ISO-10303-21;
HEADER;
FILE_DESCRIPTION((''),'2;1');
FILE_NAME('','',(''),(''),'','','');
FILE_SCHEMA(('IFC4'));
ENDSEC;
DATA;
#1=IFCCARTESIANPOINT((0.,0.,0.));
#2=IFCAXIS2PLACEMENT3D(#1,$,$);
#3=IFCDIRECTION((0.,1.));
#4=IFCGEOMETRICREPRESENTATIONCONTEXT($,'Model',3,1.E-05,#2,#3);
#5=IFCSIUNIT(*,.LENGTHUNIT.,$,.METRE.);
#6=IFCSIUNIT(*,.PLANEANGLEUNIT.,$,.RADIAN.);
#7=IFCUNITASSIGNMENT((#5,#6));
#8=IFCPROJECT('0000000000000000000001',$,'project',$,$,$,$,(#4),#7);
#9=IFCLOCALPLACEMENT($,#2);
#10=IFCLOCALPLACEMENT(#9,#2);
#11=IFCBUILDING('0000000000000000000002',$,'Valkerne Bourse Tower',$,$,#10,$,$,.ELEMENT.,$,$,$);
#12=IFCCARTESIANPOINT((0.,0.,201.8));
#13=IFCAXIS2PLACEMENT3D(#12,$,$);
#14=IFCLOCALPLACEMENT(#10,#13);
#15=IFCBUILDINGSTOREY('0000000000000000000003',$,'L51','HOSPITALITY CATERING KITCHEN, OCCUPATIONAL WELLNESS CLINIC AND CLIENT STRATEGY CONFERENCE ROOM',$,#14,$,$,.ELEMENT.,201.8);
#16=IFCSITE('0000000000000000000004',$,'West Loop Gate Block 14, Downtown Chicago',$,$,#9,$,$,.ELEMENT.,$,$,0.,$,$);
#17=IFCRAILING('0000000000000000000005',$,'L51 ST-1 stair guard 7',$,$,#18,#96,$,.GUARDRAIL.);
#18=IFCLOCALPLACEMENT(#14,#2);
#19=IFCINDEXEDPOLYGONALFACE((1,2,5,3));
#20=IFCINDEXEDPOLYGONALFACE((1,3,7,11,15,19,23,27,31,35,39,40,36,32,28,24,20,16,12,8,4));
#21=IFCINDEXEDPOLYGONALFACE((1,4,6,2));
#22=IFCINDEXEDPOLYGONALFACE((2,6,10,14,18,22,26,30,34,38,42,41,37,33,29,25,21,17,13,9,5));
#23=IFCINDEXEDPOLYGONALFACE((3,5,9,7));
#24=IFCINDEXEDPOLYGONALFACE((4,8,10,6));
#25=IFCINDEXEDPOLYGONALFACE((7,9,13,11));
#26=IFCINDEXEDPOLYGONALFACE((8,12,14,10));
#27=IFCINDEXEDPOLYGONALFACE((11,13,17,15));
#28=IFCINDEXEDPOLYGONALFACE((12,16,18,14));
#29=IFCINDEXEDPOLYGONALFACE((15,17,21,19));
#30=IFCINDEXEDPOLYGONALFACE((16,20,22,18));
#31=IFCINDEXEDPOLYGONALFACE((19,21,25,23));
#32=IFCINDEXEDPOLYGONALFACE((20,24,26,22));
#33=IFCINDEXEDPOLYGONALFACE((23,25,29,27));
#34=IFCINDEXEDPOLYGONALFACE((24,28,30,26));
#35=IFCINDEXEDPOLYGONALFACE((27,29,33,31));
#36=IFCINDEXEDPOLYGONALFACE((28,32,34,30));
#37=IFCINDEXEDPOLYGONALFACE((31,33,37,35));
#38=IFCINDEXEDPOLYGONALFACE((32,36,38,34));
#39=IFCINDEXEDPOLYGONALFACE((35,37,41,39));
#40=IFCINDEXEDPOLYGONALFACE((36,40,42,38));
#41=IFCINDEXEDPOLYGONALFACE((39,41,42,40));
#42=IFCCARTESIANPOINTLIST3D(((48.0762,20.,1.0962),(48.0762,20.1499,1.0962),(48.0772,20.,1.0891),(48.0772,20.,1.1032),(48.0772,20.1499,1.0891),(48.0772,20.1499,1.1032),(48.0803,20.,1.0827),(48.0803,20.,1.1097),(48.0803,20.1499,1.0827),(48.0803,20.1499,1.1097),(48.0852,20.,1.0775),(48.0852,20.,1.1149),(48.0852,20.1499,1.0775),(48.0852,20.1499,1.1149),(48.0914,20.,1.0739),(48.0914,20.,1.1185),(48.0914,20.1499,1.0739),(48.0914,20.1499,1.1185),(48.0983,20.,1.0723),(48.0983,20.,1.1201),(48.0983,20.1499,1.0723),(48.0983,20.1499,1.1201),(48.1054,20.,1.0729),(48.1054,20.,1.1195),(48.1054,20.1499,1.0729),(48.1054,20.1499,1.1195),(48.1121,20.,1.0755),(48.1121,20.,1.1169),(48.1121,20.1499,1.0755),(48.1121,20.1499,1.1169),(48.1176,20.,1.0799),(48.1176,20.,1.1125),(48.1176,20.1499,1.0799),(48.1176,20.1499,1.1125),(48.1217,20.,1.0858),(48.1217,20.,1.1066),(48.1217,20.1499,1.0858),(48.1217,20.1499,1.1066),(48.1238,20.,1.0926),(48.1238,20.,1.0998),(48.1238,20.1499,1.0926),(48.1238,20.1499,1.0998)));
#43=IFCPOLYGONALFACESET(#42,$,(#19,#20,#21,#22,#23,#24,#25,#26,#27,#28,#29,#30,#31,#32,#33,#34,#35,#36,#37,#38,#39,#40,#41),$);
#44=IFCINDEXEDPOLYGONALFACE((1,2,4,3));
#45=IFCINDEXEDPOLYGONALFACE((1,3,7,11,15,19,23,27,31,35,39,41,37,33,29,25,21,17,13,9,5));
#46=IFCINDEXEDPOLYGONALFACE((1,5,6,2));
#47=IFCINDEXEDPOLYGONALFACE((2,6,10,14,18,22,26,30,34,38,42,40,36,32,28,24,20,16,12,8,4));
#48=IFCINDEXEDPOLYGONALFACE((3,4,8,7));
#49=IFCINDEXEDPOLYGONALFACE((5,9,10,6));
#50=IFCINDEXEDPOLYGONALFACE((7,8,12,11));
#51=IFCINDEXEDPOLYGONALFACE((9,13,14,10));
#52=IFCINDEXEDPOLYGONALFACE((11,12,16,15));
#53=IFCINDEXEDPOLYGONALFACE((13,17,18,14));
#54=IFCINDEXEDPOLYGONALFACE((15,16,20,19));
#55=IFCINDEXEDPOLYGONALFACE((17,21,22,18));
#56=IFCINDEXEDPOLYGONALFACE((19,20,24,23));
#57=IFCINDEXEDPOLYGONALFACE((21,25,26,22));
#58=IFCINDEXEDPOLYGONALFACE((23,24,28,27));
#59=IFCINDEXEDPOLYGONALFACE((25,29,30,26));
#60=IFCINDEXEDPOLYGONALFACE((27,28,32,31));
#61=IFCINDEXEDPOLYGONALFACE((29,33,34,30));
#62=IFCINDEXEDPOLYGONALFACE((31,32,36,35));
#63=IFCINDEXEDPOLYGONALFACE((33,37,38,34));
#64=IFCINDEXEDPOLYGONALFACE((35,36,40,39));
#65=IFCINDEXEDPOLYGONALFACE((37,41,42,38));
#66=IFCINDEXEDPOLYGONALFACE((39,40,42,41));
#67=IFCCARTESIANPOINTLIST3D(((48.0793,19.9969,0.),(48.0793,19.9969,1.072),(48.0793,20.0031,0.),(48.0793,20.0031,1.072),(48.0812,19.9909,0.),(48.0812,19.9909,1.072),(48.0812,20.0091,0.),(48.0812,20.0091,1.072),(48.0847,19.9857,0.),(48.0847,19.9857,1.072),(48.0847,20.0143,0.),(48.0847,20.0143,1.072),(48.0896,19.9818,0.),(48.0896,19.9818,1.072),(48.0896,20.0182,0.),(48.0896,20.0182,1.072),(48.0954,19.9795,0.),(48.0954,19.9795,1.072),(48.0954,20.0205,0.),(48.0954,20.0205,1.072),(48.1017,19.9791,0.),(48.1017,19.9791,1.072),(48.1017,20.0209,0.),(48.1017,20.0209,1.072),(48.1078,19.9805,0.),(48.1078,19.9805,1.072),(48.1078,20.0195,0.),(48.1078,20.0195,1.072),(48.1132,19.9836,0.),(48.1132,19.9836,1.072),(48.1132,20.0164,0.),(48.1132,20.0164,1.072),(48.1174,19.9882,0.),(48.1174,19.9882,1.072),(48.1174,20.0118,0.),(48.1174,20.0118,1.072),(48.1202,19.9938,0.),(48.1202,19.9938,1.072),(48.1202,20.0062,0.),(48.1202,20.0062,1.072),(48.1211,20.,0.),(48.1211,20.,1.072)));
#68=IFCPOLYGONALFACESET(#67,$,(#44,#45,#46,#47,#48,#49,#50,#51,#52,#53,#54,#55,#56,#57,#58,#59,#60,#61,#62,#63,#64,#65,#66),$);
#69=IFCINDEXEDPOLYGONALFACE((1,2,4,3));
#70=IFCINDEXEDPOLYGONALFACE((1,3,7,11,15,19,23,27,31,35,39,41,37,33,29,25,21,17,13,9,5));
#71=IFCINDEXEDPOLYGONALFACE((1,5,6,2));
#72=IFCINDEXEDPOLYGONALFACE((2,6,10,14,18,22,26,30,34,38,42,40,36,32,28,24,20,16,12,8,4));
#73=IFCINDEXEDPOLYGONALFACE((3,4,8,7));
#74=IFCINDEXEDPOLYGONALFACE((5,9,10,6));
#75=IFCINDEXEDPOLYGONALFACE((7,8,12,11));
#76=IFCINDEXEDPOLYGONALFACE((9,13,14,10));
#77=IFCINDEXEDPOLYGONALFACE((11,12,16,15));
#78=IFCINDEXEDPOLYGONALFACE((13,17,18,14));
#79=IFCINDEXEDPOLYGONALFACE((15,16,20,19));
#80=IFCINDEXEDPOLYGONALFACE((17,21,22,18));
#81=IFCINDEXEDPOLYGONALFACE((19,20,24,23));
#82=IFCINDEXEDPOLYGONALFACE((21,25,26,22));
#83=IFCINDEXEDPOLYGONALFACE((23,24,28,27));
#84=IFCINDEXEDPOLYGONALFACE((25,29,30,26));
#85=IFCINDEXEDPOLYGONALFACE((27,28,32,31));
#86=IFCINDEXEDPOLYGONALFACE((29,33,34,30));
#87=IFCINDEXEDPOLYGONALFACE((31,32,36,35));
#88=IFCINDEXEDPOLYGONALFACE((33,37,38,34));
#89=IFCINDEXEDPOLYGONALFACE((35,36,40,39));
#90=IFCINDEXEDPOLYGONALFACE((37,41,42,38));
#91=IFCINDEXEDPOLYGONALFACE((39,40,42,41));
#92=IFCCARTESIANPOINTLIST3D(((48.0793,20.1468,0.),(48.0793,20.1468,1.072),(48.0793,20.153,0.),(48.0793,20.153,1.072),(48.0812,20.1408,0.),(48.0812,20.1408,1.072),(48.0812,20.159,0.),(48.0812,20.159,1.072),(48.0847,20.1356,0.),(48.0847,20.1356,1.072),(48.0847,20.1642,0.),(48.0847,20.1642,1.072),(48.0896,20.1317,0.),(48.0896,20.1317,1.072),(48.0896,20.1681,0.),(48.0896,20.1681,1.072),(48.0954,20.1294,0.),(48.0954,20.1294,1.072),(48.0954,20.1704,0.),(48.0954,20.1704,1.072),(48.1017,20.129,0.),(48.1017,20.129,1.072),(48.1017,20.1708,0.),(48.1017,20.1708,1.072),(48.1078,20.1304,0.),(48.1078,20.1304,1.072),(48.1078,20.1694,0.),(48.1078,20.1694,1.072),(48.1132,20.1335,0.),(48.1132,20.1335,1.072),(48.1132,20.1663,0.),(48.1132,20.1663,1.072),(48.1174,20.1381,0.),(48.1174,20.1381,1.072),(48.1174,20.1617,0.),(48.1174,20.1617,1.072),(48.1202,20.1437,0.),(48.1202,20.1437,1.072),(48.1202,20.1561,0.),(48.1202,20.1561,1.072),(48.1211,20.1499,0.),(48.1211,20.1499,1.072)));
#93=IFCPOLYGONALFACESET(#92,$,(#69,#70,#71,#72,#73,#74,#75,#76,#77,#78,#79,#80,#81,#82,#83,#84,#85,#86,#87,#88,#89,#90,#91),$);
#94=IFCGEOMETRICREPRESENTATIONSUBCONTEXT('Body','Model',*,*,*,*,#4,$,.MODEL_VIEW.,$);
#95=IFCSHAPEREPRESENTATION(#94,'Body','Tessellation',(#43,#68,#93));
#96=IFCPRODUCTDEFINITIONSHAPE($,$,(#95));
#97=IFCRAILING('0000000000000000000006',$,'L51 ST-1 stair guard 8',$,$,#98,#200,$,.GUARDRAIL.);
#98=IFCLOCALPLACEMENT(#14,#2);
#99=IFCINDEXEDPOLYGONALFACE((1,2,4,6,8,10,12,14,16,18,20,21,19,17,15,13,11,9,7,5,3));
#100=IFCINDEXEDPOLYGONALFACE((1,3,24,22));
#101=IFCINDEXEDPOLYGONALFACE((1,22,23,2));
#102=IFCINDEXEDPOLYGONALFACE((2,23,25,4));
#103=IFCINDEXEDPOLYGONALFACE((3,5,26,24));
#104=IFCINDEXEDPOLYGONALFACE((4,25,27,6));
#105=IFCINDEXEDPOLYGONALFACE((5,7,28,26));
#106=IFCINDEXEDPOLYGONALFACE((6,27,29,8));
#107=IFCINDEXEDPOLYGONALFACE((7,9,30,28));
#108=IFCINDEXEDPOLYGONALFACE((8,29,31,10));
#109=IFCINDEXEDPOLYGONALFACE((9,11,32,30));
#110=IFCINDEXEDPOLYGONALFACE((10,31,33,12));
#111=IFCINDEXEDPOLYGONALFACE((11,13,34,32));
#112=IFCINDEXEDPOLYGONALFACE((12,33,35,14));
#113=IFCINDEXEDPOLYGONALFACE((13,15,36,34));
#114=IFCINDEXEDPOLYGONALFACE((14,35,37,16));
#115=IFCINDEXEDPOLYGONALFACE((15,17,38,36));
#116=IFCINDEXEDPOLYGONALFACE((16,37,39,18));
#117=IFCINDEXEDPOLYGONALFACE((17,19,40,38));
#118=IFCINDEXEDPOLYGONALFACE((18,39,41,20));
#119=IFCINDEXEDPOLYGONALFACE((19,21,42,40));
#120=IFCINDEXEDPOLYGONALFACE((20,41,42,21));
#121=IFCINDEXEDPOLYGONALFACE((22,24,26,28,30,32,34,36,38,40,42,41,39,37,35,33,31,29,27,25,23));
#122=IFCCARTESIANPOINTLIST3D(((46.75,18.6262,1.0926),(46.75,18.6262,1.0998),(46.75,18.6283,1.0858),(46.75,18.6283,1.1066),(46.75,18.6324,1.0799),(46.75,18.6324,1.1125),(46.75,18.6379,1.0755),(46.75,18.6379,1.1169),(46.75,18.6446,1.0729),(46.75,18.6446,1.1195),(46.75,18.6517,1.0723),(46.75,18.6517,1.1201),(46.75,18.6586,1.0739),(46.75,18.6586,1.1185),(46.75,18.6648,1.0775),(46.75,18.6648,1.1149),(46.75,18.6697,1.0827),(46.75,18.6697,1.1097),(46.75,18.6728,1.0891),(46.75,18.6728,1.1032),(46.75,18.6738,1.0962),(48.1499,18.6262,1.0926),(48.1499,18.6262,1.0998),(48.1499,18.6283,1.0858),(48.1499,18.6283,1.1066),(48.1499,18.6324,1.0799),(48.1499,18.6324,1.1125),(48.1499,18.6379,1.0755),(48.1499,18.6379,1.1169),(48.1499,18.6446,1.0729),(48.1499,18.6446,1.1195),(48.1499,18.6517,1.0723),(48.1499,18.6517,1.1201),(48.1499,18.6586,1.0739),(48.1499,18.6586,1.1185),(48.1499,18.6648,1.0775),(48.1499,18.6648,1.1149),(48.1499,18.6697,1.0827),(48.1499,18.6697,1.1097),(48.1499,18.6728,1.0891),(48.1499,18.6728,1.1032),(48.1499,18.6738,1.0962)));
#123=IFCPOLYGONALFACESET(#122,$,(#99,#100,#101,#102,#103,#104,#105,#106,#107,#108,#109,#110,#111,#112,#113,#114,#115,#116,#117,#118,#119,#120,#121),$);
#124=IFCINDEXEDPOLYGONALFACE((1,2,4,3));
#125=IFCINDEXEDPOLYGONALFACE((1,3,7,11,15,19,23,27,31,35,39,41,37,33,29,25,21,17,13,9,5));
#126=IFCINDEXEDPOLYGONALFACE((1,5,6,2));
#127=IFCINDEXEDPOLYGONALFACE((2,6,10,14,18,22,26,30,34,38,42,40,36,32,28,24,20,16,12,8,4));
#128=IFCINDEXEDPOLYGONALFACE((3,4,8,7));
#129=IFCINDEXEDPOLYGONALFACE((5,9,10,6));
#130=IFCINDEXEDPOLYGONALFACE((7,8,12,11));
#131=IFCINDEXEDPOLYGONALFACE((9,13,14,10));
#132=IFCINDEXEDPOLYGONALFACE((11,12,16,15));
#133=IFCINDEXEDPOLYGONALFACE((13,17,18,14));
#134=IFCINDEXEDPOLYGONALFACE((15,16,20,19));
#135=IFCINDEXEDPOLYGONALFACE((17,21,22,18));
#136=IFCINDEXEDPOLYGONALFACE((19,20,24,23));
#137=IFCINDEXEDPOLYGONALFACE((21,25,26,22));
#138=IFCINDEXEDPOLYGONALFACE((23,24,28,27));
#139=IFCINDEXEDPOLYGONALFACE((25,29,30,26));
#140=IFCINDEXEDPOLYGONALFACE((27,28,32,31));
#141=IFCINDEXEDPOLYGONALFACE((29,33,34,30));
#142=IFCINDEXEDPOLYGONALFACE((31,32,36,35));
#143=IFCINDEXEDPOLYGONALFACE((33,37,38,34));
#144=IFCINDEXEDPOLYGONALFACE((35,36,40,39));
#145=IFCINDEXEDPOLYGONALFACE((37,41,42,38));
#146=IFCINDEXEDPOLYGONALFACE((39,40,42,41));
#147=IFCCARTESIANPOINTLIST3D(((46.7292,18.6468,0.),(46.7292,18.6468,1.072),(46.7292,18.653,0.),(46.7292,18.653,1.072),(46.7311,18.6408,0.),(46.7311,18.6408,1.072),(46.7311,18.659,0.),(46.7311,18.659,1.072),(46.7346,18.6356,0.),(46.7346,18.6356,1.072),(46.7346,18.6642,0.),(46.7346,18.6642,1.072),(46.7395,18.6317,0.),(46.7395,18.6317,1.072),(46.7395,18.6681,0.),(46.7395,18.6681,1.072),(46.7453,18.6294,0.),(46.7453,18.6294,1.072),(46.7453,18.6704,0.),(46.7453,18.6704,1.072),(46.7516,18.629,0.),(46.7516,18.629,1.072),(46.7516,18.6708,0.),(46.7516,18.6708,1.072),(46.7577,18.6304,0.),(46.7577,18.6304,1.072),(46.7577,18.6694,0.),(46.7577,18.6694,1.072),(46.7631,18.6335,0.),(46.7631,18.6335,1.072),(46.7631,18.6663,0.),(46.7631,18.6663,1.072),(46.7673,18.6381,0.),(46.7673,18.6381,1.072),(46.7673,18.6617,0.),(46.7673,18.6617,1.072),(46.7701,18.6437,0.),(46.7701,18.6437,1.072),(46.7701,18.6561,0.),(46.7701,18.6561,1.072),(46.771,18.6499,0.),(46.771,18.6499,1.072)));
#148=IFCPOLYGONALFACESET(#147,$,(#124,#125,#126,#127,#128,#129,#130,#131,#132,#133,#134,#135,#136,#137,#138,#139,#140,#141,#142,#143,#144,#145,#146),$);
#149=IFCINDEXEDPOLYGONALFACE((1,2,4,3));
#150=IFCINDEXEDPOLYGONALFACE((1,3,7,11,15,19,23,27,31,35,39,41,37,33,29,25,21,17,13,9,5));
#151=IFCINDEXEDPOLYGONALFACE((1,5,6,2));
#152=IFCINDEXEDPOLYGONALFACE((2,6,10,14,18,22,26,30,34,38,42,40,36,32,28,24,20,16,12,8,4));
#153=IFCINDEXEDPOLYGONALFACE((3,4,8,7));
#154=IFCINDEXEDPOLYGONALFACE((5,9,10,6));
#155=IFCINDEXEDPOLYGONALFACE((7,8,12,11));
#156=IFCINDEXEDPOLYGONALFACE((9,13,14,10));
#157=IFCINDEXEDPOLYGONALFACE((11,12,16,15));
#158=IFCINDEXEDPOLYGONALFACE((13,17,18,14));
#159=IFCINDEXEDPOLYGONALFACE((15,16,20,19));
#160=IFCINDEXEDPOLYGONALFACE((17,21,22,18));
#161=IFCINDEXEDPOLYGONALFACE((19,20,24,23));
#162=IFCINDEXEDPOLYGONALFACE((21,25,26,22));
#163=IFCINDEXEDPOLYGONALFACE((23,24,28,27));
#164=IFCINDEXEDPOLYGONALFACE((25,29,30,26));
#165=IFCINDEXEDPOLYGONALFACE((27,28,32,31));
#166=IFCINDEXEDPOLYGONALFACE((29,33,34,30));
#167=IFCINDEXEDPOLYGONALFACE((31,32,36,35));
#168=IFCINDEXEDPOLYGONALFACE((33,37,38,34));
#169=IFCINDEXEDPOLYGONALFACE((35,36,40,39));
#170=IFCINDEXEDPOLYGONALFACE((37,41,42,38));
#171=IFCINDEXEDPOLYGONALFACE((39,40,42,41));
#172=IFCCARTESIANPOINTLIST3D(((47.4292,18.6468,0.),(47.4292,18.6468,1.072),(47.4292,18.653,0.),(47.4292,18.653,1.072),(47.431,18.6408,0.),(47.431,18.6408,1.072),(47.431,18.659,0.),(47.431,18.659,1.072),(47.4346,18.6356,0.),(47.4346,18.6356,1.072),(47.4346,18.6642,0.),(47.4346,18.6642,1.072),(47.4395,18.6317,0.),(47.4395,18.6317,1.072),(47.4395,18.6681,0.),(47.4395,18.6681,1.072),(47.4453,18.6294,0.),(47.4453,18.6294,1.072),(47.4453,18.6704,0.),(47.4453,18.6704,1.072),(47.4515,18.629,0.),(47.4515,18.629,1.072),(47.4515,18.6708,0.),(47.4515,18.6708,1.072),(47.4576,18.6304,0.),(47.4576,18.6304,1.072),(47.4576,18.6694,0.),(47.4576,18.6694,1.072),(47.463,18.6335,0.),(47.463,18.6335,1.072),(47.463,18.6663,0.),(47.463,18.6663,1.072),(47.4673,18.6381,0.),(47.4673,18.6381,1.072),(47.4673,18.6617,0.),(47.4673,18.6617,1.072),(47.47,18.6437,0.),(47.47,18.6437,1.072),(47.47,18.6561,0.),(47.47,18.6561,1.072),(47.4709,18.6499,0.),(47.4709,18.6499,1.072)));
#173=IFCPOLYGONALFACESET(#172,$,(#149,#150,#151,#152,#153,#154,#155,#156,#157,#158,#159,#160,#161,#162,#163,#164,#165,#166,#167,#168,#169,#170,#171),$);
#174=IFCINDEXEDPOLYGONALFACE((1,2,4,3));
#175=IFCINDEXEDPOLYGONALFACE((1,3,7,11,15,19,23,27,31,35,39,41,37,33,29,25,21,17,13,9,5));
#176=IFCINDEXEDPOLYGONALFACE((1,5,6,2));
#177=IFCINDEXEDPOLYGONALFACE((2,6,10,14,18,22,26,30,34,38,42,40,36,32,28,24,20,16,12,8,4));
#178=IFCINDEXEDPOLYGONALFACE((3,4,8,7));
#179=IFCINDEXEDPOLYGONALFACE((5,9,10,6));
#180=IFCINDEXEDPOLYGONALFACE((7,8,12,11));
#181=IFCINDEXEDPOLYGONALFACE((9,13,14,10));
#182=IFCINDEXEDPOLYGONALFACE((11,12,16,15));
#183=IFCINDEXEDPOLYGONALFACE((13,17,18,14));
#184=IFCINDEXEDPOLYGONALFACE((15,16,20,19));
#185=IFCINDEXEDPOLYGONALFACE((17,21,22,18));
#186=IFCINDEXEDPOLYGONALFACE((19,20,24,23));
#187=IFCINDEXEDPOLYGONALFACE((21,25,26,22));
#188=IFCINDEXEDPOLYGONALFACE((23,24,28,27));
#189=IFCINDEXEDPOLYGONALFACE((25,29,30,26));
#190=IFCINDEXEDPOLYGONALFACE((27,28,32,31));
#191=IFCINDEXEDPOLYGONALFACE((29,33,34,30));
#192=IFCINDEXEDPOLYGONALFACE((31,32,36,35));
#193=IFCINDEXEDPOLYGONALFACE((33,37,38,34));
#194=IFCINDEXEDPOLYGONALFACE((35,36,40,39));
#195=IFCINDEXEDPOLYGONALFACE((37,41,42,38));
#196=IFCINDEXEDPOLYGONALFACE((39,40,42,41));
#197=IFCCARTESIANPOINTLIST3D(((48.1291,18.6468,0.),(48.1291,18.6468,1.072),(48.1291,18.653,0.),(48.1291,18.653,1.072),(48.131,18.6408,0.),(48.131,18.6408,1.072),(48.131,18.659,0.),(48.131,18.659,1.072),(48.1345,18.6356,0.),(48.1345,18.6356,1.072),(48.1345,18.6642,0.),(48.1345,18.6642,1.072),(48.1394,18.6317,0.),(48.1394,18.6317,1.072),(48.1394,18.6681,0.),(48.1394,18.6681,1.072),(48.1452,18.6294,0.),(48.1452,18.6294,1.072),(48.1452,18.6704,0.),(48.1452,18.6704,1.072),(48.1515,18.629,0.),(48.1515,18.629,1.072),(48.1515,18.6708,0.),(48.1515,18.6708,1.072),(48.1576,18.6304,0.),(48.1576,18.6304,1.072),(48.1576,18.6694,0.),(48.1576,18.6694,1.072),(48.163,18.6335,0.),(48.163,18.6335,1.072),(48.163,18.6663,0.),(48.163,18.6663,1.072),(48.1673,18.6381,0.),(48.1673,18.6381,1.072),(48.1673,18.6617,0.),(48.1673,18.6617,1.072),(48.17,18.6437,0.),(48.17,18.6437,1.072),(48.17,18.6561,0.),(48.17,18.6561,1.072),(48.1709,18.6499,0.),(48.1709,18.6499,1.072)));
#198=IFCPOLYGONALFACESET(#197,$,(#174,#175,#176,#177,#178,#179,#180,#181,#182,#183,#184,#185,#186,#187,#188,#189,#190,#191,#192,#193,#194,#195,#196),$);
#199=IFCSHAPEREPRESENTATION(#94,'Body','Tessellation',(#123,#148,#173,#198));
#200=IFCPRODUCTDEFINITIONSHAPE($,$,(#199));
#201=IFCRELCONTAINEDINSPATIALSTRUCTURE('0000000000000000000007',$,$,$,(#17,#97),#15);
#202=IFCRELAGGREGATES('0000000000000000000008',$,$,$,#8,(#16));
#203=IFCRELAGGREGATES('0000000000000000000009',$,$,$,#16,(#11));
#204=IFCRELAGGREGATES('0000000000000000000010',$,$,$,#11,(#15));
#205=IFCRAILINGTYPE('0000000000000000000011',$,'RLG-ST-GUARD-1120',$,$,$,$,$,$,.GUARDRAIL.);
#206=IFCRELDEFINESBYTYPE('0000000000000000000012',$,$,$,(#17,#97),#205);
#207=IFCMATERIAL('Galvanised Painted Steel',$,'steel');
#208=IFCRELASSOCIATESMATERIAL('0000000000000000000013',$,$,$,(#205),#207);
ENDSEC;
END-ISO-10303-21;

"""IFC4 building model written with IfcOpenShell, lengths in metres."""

from ifc_helpers import new_model, si_unit, direction, frame, origin, origin_2d, place, context, subcontext, project, spatial, circle, extrude, material, type_object, element, save


model = new_model("IFC4")

# Units and contexts
model_context = context("Model", 3, precision=1e-05, world=origin(), true_north=direction((0.0, 1.0)))
body_context = subcontext(model_context, "Body", "Model", "MODEL_VIEW")
ifc_project = project(units=[si_unit("LENGTHUNIT", "METRE"), si_unit("PLANEANGLEUNIT", "RADIAN")], contexts=[model_context])

# Site, building, storey
site_placement = place(None, origin())
site = spatial("IfcSite", under=ifc_project, at=site_placement, Name="West Loop Gate Block 14, Downtown Chicago", CompositionType="ELEMENT", RefElevation=0.0)
building_placement = place(site_placement, origin())
building = spatial("IfcBuilding", under=site, at=building_placement, Name="Valkerne Bourse Tower", CompositionType="ELEMENT")
storey_placement = place(building_placement, frame((0.0, 0.0, 201.8)))
storey = spatial("IfcBuildingStorey", under=building, at=storey_placement, Name="L51", Description="HOSPITALITY CATERING KITCHEN, OCCUPATIONAL WELLNESS CLINIC AND CLIENT STRATEGY CONFERENCE ROOM", CompositionType="ELEMENT", Elevation=201.8)

# Shared definitions
ifc_material_1 = material(Name="Galvanised Painted Steel", Category="steel")

# Railings
railing_type_1 = type_object("IfcRailingType", Name="RLG-ST-GUARD-1120", PredefinedType="GUARDRAIL", material=ifc_material_1)
railing_1_placement = place(storey_placement, frame((48.1001, 20.0, 0.0)))
element("IfcRailing", 1, at=railing_1_placement, inside=storey, type_object=railing_type_1, Name="L51 ST-1 stair guard 7", PredefinedType="GUARDRAIL", context=body_context, shape_type="SweptSolid", body=[
    extrude(circle(Radius=0.0239, at=origin_2d()), frame((0.0, 0.0, 1.0962), z_axis=(0.0, 1.0, 0.0), x_axis=(-1.0, 0.0, 0.0)), (0.0, 0.0, 1.0), 0.1499),
    extrude(circle(Radius=0.021, at=origin_2d()), origin(), (0.0, 0.0, 1.0), 1.072),
    extrude(circle(Radius=0.021, at=origin_2d()), frame((0.0, 0.1499, 0.0)), (0.0, 0.0, 1.0), 1.072),
])
for number, where, name in (
    (2, (46.75, 18.6499, 0.0), "L51 ST-1 stair guard 8"),
):
    element("IfcRailing", number, at=place(storey_placement, frame(where)), inside=storey, type_object=railing_type_1, Name=name, PredefinedType="GUARDRAIL", context=body_context, shape_type="SweptSolid", body=[
        extrude(circle(Radius=0.0239, at=origin_2d()), frame((0.0, 0.0, 1.0962), z_axis=(1.0, 0.0, 0.0), x_axis=(0.0, 1.0, 0.0)), (0.0, 0.0, 1.0), 1.3999),
        extrude(circle(Radius=0.021, at=origin_2d()), origin(), (0.0, 0.0, 1.0), 1.072),
        extrude(circle(Radius=0.021, at=origin_2d()), frame((0.7, 0.0, 0.0)), (0.0, 0.0, 1.0), 1.072),
        extrude(circle(Radius=0.021, at=origin_2d()), frame((1.3999, 0.0, 0.0)), (0.0, 0.0, 1.0), 1.072),
    ])

save(model, "model.ifc")
